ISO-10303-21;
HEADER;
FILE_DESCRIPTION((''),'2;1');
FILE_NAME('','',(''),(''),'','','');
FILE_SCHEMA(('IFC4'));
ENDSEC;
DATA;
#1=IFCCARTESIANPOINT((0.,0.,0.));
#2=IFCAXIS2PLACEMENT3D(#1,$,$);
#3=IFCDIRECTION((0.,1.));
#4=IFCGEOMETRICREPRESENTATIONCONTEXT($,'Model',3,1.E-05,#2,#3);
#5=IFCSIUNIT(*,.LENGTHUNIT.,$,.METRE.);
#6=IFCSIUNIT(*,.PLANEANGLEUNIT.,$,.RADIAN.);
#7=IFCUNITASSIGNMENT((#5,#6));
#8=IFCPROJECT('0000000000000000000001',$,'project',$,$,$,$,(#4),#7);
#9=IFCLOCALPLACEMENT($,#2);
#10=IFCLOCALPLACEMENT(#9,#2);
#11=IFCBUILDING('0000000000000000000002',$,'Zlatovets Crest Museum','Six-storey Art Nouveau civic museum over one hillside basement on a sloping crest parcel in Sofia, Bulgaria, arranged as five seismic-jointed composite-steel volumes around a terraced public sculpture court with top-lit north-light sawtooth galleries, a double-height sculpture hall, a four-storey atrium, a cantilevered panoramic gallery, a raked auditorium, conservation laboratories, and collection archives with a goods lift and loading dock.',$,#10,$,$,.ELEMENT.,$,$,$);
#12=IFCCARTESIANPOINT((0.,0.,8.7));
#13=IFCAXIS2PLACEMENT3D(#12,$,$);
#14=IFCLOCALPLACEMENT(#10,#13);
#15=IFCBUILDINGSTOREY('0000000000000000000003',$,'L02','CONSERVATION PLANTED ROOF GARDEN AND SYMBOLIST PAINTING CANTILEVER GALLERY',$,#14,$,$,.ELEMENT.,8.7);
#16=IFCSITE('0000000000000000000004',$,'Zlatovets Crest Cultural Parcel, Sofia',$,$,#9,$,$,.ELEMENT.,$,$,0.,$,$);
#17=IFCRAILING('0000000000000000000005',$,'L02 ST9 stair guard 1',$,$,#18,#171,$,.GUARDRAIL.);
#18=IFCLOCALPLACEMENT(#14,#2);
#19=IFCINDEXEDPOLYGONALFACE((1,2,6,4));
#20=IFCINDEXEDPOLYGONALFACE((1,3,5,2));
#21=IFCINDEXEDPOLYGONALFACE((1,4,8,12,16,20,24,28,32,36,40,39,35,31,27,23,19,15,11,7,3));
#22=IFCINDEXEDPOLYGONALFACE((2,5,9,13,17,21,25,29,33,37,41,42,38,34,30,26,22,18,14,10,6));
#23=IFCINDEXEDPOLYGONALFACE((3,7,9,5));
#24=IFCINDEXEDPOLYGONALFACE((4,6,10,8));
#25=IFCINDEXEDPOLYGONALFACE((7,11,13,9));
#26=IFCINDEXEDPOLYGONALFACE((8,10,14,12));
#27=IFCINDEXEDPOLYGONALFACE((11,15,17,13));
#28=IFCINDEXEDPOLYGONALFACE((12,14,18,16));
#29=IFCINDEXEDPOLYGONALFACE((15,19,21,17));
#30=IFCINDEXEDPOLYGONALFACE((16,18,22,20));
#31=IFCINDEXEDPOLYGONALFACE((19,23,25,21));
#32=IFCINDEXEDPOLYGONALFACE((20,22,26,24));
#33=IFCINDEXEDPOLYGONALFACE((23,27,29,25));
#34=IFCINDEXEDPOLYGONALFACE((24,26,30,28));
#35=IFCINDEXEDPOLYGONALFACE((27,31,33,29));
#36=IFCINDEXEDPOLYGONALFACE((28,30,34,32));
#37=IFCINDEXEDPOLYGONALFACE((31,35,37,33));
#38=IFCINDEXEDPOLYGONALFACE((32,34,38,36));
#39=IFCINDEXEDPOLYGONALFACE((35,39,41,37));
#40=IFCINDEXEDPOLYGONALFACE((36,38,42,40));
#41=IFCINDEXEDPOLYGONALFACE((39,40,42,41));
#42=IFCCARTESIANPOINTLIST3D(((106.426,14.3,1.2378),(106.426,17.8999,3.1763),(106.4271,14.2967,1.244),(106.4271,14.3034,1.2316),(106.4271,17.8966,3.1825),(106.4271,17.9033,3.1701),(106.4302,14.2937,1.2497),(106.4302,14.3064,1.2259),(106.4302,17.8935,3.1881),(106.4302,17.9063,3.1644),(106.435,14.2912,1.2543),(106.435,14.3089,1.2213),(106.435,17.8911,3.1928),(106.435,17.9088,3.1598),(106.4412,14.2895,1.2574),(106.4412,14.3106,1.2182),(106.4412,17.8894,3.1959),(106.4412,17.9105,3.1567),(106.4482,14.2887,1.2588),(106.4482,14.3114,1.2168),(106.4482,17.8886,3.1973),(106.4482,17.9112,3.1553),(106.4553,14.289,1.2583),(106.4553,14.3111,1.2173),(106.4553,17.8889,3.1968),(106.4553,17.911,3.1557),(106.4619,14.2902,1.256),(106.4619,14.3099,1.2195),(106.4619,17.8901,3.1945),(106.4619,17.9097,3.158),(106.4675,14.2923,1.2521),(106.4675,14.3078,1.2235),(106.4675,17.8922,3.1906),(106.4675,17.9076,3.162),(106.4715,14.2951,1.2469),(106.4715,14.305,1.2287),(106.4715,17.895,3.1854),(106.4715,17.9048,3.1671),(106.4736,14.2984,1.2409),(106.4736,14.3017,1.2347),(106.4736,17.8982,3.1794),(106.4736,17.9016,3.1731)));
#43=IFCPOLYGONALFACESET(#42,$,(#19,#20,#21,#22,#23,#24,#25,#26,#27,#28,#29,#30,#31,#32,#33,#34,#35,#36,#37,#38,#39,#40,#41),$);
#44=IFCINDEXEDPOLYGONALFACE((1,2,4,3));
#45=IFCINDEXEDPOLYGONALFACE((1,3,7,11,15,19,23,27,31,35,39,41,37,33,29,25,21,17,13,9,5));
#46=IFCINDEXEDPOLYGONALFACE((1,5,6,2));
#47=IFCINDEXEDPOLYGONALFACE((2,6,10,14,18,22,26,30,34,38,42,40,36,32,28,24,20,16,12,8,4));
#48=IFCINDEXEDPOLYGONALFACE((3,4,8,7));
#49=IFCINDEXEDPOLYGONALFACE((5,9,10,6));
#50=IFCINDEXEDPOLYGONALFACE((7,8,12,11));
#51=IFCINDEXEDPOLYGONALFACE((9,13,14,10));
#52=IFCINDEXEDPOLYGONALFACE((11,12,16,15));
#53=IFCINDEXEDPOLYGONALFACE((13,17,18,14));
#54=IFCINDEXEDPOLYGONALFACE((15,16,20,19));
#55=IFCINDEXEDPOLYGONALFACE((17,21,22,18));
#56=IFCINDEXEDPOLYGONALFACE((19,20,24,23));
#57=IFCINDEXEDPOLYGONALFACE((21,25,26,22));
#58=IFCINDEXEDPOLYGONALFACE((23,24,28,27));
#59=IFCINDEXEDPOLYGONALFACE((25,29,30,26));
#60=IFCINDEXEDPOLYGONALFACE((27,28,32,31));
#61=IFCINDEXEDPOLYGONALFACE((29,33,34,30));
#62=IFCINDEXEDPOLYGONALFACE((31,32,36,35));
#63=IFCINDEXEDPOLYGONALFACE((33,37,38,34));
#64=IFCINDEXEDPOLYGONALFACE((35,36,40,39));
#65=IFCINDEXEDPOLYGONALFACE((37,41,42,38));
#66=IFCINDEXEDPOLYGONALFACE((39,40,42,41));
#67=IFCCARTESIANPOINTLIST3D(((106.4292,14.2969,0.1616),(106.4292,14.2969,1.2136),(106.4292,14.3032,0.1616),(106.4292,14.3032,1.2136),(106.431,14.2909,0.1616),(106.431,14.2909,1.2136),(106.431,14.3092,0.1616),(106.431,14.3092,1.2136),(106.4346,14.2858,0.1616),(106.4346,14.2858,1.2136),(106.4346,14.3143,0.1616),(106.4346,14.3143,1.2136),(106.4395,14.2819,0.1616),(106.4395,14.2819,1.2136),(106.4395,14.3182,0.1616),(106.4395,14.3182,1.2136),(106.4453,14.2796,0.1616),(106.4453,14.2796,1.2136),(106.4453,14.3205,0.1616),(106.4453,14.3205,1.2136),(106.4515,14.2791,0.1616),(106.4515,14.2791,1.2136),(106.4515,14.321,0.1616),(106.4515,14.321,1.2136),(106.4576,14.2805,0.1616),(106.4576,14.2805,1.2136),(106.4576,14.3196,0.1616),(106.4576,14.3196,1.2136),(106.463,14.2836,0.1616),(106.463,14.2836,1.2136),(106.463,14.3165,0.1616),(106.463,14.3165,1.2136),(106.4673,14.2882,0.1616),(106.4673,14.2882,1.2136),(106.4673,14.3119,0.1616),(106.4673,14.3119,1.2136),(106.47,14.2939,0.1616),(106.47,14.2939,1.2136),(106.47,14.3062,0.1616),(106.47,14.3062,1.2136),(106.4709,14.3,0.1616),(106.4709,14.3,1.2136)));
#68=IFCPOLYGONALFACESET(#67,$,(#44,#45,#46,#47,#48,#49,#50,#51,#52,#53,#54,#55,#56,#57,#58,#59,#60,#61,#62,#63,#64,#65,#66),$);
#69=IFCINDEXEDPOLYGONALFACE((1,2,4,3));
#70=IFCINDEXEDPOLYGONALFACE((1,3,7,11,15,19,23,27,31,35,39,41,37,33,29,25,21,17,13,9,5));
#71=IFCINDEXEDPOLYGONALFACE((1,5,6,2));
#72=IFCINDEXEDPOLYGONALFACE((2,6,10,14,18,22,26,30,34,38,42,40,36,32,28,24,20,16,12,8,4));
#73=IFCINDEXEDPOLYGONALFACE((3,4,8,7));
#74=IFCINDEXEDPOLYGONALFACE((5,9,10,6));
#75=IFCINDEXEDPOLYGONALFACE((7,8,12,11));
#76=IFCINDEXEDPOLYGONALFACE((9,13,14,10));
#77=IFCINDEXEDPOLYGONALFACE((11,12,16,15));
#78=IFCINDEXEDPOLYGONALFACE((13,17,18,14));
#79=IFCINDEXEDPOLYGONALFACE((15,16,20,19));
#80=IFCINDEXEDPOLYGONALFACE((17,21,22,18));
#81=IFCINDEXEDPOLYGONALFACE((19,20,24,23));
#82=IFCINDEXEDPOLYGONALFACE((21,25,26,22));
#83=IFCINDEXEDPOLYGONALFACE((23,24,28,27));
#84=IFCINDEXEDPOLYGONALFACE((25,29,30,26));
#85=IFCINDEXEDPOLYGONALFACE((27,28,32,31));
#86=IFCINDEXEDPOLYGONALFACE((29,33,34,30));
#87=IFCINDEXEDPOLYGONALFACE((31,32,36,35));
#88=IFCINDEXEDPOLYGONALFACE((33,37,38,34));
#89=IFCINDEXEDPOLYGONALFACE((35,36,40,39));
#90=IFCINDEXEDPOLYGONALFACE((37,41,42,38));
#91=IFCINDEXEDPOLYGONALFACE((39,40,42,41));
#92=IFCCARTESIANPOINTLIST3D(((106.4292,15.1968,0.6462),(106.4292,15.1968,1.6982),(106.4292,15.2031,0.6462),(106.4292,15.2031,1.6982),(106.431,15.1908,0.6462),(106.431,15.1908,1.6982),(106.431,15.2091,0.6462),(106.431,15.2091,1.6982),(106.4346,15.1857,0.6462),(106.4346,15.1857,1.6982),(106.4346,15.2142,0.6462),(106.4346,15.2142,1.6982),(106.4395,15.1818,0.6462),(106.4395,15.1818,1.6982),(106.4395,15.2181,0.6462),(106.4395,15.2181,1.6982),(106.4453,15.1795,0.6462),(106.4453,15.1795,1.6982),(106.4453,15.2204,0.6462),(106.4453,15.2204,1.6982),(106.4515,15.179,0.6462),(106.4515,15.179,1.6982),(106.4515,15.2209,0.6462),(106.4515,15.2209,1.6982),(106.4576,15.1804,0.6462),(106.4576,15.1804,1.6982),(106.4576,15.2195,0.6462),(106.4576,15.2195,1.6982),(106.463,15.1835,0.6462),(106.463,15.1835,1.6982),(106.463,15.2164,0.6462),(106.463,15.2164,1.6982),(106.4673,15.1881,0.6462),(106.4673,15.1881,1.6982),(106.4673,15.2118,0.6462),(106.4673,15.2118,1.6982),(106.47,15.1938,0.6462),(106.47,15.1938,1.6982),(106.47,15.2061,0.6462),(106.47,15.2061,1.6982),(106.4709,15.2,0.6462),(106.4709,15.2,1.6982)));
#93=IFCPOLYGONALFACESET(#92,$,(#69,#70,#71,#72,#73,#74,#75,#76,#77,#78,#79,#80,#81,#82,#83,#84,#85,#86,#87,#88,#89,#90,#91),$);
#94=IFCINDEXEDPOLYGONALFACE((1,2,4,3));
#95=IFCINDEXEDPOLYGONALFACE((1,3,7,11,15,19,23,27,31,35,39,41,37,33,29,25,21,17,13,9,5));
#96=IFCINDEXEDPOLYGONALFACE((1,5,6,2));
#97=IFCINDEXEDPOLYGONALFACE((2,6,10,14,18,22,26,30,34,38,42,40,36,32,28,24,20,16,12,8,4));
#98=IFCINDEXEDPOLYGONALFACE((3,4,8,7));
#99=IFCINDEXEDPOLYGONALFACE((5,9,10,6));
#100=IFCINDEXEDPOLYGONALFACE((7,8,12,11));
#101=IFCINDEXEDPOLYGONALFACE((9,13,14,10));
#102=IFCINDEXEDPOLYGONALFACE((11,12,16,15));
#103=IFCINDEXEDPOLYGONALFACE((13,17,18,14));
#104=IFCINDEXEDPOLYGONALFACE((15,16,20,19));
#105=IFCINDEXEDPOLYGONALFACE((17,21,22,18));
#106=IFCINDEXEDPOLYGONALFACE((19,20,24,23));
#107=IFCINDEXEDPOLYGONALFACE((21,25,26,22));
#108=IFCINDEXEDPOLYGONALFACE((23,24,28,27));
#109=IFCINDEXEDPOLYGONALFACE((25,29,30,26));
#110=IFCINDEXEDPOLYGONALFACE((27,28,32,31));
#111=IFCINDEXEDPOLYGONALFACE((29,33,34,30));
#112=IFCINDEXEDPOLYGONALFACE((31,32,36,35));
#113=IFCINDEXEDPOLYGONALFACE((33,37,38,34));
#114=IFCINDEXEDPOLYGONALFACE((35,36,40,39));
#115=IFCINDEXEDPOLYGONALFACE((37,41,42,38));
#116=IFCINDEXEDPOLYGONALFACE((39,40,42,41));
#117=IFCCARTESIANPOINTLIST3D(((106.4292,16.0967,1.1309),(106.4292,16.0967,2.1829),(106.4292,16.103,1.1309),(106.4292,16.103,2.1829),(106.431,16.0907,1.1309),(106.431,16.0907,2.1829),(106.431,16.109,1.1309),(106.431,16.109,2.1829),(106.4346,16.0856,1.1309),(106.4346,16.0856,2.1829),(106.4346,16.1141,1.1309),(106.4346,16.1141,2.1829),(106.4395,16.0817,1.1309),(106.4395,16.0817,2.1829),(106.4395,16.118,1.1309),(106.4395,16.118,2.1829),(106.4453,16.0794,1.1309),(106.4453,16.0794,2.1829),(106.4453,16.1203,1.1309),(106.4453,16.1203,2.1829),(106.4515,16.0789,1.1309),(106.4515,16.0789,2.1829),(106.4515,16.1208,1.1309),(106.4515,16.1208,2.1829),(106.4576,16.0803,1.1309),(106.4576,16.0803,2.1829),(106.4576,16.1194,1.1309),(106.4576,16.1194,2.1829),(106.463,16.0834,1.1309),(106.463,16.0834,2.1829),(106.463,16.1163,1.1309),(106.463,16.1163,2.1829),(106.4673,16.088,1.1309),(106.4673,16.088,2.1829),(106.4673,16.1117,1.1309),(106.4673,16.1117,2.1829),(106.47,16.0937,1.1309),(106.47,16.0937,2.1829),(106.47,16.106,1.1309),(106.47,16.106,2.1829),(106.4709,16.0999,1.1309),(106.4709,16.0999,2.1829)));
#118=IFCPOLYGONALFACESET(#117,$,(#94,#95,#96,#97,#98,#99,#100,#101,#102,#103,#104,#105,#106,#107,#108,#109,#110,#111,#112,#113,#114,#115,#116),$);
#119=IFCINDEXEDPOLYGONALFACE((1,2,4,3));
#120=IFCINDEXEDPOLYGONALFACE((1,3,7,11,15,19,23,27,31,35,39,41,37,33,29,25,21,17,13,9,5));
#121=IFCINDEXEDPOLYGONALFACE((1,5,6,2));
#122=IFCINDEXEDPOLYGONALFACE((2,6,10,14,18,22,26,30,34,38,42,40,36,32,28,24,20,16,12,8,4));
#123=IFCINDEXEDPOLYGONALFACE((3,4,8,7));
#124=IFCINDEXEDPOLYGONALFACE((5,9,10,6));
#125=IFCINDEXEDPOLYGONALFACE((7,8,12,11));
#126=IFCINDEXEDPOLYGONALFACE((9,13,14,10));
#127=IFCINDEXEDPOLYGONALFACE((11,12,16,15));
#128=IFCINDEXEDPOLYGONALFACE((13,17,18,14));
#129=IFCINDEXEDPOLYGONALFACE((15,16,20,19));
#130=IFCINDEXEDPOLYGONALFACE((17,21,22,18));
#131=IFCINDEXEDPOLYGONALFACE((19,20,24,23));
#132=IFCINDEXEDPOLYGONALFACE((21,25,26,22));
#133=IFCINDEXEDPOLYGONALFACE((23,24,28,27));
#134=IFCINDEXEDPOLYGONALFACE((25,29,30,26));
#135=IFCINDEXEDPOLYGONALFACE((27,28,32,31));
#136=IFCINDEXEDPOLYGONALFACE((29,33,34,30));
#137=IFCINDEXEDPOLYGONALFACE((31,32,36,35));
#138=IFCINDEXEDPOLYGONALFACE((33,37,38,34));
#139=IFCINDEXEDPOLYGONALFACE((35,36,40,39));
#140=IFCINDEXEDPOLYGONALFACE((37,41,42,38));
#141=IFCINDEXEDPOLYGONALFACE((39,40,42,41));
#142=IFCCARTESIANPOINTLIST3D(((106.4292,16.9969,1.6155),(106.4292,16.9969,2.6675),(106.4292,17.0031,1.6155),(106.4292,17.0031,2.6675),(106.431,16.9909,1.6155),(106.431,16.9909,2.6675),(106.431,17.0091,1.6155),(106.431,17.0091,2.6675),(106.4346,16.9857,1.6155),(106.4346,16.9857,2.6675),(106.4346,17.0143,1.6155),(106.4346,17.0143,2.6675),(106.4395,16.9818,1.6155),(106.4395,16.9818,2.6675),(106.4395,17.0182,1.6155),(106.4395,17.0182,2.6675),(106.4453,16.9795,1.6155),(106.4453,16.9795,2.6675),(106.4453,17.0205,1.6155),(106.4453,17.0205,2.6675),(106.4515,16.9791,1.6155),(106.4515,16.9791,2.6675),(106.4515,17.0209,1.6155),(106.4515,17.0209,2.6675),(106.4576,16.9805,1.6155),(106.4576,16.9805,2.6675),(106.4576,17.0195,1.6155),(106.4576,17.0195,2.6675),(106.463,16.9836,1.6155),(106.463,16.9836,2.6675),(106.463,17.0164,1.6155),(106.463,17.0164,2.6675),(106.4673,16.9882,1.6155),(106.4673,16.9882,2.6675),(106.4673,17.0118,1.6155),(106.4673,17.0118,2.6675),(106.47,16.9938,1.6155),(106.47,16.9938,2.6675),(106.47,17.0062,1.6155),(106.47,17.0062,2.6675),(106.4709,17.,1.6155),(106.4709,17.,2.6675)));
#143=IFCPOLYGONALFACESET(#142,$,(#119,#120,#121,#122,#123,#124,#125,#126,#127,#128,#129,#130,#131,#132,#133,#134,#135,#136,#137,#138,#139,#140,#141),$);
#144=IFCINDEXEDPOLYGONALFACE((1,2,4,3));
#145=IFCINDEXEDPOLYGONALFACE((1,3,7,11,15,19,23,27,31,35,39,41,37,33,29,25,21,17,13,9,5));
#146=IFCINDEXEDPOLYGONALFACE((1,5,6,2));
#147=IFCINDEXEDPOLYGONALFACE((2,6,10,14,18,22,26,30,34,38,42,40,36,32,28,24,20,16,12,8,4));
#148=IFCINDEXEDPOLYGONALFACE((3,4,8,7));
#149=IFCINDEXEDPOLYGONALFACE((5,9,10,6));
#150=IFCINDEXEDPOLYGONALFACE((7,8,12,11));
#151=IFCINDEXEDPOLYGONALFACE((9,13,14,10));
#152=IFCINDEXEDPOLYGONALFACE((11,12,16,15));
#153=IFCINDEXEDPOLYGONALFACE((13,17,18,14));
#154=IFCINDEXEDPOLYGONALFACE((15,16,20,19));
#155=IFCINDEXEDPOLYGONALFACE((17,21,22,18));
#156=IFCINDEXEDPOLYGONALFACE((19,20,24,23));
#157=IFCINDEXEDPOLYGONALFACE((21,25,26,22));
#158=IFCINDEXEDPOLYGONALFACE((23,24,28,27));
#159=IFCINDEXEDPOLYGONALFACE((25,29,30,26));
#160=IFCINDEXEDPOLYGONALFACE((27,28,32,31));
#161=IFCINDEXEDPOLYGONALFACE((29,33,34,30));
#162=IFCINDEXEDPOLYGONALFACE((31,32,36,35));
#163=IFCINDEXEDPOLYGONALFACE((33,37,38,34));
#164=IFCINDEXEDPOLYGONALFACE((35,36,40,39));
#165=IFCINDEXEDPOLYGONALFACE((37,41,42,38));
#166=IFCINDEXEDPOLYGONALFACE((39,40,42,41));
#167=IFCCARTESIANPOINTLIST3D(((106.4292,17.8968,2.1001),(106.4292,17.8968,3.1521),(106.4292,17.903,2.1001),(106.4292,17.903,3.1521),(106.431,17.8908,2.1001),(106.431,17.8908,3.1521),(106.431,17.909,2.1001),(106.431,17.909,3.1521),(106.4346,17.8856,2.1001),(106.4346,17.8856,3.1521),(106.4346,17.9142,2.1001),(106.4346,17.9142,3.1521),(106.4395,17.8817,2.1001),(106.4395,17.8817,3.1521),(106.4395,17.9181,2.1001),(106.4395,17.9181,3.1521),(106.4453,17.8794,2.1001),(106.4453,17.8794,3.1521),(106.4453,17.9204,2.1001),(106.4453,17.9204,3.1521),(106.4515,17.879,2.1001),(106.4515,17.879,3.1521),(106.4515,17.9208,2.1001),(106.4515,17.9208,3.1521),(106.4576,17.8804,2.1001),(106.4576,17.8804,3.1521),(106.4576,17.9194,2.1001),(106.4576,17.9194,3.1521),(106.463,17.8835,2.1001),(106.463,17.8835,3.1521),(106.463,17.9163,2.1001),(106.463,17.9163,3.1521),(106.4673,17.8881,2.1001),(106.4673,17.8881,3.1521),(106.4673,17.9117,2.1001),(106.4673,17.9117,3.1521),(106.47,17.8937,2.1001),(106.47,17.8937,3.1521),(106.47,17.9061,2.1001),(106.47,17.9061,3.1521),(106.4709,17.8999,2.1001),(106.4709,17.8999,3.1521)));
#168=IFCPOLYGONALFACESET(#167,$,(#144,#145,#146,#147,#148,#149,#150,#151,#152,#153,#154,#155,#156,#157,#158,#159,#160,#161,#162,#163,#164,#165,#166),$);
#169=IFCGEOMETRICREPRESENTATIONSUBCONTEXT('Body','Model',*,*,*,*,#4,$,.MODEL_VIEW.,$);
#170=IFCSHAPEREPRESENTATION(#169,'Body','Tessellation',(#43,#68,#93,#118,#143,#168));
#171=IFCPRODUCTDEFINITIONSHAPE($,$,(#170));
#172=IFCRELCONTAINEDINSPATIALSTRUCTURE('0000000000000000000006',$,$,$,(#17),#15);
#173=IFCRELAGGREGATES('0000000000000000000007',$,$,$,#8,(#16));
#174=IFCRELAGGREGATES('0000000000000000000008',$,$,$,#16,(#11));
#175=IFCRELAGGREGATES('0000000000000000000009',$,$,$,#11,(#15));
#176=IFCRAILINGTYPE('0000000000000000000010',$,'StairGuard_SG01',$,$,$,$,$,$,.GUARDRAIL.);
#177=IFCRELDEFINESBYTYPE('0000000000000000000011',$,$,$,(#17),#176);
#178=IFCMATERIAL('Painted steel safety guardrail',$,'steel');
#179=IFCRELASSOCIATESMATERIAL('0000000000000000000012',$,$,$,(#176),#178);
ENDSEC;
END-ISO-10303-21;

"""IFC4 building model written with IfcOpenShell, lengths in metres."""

from ifc_helpers import new_model, si_unit, direction, frame, origin, origin_2d, place, context, subcontext, project, spatial, circle, extrude, material, type_object, element, save


model = new_model("IFC4")

# Units and contexts
model_context = context("Model", 3, precision=1e-05, world=origin(), true_north=direction((0.0, 1.0)))
body_context = subcontext(model_context, "Body", "Model", "MODEL_VIEW")
ifc_project = project(units=[si_unit("LENGTHUNIT", "METRE"), si_unit("PLANEANGLEUNIT", "RADIAN")], contexts=[model_context])

# Site, building, storey
site_placement = place(None, origin())
site = spatial("IfcSite", under=ifc_project, at=site_placement, Name="Zlatovets Crest Cultural Parcel, Sofia", CompositionType="ELEMENT", RefElevation=0.0)
building_placement = place(site_placement, origin())
building = spatial("IfcBuilding", under=site, at=building_placement, Name="Zlatovets Crest Museum", Description="Six-storey Art Nouveau civic museum over one hillside basement on a sloping crest parcel in Sofia, Bulgaria, arranged as five seismic-jointed composite-steel volumes around a terraced public sculpture court with top-lit north-light sawtooth galleries, a double-height sculpture hall, a four-storey atrium, a cantilevered panoramic gallery, a raked auditorium, conservation laboratories, and collection archives with a goods lift and loading dock.", CompositionType="ELEMENT")
storey_placement = place(building_placement, frame((0.0, 0.0, 8.7)))
storey = spatial("IfcBuildingStorey", under=building, at=storey_placement, Name="L02", Description="CONSERVATION PLANTED ROOF GARDEN AND SYMBOLIST PAINTING CANTILEVER GALLERY", CompositionType="ELEMENT", Elevation=8.7)

# Railing
ifc_material_1 = material(Name="Painted steel safety guardrail", Category="steel")
railing_type_1 = type_object("IfcRailingType", Name="StairGuard_SG01", PredefinedType="GUARDRAIL", material=ifc_material_1)
railing_1_placement = place(storey_placement, frame((106.45, 14.3, 0.1616)))
element("IfcRailing", 1, at=railing_1_placement, inside=storey, type_object=railing_type_1, Name="L02 ST9 stair guard 1", PredefinedType="GUARDRAIL", context=body_context, shape_type="SweptSolid", body=[
    extrude(circle(Radius=0.0239, at=origin_2d()), frame((0.0, 0.0, 1.0762), z_axis=(0.0, 0.880462, 0.474118), x_axis=(-1.0, 0.0, 0.0)), (0.0, 0.0, 1.0), 4.0886),
    extrude(circle(Radius=0.021, at=origin_2d()), origin(), (0.0, 0.0, 1.0), 1.052),
    extrude(circle(Radius=0.021, at=origin_2d()), frame((0.0, 0.8999, 0.4846)), (0.0, 0.0, 1.0), 1.052),
    extrude(circle(Radius=0.021, at=origin_2d()), frame((0.0, 1.7998, 0.9692)), (0.0, 0.0, 1.0), 1.052),
    extrude(circle(Radius=0.021, at=origin_2d()), frame((0.0, 2.7, 1.4539)), (0.0, 0.0, 1.0), 1.052),
    extrude(circle(Radius=0.021, at=origin_2d()), frame((0.0, 3.5999, 1.9385)), (0.0, 0.0, 1.0), 1.052),
])

save(model, "model.ifc")
